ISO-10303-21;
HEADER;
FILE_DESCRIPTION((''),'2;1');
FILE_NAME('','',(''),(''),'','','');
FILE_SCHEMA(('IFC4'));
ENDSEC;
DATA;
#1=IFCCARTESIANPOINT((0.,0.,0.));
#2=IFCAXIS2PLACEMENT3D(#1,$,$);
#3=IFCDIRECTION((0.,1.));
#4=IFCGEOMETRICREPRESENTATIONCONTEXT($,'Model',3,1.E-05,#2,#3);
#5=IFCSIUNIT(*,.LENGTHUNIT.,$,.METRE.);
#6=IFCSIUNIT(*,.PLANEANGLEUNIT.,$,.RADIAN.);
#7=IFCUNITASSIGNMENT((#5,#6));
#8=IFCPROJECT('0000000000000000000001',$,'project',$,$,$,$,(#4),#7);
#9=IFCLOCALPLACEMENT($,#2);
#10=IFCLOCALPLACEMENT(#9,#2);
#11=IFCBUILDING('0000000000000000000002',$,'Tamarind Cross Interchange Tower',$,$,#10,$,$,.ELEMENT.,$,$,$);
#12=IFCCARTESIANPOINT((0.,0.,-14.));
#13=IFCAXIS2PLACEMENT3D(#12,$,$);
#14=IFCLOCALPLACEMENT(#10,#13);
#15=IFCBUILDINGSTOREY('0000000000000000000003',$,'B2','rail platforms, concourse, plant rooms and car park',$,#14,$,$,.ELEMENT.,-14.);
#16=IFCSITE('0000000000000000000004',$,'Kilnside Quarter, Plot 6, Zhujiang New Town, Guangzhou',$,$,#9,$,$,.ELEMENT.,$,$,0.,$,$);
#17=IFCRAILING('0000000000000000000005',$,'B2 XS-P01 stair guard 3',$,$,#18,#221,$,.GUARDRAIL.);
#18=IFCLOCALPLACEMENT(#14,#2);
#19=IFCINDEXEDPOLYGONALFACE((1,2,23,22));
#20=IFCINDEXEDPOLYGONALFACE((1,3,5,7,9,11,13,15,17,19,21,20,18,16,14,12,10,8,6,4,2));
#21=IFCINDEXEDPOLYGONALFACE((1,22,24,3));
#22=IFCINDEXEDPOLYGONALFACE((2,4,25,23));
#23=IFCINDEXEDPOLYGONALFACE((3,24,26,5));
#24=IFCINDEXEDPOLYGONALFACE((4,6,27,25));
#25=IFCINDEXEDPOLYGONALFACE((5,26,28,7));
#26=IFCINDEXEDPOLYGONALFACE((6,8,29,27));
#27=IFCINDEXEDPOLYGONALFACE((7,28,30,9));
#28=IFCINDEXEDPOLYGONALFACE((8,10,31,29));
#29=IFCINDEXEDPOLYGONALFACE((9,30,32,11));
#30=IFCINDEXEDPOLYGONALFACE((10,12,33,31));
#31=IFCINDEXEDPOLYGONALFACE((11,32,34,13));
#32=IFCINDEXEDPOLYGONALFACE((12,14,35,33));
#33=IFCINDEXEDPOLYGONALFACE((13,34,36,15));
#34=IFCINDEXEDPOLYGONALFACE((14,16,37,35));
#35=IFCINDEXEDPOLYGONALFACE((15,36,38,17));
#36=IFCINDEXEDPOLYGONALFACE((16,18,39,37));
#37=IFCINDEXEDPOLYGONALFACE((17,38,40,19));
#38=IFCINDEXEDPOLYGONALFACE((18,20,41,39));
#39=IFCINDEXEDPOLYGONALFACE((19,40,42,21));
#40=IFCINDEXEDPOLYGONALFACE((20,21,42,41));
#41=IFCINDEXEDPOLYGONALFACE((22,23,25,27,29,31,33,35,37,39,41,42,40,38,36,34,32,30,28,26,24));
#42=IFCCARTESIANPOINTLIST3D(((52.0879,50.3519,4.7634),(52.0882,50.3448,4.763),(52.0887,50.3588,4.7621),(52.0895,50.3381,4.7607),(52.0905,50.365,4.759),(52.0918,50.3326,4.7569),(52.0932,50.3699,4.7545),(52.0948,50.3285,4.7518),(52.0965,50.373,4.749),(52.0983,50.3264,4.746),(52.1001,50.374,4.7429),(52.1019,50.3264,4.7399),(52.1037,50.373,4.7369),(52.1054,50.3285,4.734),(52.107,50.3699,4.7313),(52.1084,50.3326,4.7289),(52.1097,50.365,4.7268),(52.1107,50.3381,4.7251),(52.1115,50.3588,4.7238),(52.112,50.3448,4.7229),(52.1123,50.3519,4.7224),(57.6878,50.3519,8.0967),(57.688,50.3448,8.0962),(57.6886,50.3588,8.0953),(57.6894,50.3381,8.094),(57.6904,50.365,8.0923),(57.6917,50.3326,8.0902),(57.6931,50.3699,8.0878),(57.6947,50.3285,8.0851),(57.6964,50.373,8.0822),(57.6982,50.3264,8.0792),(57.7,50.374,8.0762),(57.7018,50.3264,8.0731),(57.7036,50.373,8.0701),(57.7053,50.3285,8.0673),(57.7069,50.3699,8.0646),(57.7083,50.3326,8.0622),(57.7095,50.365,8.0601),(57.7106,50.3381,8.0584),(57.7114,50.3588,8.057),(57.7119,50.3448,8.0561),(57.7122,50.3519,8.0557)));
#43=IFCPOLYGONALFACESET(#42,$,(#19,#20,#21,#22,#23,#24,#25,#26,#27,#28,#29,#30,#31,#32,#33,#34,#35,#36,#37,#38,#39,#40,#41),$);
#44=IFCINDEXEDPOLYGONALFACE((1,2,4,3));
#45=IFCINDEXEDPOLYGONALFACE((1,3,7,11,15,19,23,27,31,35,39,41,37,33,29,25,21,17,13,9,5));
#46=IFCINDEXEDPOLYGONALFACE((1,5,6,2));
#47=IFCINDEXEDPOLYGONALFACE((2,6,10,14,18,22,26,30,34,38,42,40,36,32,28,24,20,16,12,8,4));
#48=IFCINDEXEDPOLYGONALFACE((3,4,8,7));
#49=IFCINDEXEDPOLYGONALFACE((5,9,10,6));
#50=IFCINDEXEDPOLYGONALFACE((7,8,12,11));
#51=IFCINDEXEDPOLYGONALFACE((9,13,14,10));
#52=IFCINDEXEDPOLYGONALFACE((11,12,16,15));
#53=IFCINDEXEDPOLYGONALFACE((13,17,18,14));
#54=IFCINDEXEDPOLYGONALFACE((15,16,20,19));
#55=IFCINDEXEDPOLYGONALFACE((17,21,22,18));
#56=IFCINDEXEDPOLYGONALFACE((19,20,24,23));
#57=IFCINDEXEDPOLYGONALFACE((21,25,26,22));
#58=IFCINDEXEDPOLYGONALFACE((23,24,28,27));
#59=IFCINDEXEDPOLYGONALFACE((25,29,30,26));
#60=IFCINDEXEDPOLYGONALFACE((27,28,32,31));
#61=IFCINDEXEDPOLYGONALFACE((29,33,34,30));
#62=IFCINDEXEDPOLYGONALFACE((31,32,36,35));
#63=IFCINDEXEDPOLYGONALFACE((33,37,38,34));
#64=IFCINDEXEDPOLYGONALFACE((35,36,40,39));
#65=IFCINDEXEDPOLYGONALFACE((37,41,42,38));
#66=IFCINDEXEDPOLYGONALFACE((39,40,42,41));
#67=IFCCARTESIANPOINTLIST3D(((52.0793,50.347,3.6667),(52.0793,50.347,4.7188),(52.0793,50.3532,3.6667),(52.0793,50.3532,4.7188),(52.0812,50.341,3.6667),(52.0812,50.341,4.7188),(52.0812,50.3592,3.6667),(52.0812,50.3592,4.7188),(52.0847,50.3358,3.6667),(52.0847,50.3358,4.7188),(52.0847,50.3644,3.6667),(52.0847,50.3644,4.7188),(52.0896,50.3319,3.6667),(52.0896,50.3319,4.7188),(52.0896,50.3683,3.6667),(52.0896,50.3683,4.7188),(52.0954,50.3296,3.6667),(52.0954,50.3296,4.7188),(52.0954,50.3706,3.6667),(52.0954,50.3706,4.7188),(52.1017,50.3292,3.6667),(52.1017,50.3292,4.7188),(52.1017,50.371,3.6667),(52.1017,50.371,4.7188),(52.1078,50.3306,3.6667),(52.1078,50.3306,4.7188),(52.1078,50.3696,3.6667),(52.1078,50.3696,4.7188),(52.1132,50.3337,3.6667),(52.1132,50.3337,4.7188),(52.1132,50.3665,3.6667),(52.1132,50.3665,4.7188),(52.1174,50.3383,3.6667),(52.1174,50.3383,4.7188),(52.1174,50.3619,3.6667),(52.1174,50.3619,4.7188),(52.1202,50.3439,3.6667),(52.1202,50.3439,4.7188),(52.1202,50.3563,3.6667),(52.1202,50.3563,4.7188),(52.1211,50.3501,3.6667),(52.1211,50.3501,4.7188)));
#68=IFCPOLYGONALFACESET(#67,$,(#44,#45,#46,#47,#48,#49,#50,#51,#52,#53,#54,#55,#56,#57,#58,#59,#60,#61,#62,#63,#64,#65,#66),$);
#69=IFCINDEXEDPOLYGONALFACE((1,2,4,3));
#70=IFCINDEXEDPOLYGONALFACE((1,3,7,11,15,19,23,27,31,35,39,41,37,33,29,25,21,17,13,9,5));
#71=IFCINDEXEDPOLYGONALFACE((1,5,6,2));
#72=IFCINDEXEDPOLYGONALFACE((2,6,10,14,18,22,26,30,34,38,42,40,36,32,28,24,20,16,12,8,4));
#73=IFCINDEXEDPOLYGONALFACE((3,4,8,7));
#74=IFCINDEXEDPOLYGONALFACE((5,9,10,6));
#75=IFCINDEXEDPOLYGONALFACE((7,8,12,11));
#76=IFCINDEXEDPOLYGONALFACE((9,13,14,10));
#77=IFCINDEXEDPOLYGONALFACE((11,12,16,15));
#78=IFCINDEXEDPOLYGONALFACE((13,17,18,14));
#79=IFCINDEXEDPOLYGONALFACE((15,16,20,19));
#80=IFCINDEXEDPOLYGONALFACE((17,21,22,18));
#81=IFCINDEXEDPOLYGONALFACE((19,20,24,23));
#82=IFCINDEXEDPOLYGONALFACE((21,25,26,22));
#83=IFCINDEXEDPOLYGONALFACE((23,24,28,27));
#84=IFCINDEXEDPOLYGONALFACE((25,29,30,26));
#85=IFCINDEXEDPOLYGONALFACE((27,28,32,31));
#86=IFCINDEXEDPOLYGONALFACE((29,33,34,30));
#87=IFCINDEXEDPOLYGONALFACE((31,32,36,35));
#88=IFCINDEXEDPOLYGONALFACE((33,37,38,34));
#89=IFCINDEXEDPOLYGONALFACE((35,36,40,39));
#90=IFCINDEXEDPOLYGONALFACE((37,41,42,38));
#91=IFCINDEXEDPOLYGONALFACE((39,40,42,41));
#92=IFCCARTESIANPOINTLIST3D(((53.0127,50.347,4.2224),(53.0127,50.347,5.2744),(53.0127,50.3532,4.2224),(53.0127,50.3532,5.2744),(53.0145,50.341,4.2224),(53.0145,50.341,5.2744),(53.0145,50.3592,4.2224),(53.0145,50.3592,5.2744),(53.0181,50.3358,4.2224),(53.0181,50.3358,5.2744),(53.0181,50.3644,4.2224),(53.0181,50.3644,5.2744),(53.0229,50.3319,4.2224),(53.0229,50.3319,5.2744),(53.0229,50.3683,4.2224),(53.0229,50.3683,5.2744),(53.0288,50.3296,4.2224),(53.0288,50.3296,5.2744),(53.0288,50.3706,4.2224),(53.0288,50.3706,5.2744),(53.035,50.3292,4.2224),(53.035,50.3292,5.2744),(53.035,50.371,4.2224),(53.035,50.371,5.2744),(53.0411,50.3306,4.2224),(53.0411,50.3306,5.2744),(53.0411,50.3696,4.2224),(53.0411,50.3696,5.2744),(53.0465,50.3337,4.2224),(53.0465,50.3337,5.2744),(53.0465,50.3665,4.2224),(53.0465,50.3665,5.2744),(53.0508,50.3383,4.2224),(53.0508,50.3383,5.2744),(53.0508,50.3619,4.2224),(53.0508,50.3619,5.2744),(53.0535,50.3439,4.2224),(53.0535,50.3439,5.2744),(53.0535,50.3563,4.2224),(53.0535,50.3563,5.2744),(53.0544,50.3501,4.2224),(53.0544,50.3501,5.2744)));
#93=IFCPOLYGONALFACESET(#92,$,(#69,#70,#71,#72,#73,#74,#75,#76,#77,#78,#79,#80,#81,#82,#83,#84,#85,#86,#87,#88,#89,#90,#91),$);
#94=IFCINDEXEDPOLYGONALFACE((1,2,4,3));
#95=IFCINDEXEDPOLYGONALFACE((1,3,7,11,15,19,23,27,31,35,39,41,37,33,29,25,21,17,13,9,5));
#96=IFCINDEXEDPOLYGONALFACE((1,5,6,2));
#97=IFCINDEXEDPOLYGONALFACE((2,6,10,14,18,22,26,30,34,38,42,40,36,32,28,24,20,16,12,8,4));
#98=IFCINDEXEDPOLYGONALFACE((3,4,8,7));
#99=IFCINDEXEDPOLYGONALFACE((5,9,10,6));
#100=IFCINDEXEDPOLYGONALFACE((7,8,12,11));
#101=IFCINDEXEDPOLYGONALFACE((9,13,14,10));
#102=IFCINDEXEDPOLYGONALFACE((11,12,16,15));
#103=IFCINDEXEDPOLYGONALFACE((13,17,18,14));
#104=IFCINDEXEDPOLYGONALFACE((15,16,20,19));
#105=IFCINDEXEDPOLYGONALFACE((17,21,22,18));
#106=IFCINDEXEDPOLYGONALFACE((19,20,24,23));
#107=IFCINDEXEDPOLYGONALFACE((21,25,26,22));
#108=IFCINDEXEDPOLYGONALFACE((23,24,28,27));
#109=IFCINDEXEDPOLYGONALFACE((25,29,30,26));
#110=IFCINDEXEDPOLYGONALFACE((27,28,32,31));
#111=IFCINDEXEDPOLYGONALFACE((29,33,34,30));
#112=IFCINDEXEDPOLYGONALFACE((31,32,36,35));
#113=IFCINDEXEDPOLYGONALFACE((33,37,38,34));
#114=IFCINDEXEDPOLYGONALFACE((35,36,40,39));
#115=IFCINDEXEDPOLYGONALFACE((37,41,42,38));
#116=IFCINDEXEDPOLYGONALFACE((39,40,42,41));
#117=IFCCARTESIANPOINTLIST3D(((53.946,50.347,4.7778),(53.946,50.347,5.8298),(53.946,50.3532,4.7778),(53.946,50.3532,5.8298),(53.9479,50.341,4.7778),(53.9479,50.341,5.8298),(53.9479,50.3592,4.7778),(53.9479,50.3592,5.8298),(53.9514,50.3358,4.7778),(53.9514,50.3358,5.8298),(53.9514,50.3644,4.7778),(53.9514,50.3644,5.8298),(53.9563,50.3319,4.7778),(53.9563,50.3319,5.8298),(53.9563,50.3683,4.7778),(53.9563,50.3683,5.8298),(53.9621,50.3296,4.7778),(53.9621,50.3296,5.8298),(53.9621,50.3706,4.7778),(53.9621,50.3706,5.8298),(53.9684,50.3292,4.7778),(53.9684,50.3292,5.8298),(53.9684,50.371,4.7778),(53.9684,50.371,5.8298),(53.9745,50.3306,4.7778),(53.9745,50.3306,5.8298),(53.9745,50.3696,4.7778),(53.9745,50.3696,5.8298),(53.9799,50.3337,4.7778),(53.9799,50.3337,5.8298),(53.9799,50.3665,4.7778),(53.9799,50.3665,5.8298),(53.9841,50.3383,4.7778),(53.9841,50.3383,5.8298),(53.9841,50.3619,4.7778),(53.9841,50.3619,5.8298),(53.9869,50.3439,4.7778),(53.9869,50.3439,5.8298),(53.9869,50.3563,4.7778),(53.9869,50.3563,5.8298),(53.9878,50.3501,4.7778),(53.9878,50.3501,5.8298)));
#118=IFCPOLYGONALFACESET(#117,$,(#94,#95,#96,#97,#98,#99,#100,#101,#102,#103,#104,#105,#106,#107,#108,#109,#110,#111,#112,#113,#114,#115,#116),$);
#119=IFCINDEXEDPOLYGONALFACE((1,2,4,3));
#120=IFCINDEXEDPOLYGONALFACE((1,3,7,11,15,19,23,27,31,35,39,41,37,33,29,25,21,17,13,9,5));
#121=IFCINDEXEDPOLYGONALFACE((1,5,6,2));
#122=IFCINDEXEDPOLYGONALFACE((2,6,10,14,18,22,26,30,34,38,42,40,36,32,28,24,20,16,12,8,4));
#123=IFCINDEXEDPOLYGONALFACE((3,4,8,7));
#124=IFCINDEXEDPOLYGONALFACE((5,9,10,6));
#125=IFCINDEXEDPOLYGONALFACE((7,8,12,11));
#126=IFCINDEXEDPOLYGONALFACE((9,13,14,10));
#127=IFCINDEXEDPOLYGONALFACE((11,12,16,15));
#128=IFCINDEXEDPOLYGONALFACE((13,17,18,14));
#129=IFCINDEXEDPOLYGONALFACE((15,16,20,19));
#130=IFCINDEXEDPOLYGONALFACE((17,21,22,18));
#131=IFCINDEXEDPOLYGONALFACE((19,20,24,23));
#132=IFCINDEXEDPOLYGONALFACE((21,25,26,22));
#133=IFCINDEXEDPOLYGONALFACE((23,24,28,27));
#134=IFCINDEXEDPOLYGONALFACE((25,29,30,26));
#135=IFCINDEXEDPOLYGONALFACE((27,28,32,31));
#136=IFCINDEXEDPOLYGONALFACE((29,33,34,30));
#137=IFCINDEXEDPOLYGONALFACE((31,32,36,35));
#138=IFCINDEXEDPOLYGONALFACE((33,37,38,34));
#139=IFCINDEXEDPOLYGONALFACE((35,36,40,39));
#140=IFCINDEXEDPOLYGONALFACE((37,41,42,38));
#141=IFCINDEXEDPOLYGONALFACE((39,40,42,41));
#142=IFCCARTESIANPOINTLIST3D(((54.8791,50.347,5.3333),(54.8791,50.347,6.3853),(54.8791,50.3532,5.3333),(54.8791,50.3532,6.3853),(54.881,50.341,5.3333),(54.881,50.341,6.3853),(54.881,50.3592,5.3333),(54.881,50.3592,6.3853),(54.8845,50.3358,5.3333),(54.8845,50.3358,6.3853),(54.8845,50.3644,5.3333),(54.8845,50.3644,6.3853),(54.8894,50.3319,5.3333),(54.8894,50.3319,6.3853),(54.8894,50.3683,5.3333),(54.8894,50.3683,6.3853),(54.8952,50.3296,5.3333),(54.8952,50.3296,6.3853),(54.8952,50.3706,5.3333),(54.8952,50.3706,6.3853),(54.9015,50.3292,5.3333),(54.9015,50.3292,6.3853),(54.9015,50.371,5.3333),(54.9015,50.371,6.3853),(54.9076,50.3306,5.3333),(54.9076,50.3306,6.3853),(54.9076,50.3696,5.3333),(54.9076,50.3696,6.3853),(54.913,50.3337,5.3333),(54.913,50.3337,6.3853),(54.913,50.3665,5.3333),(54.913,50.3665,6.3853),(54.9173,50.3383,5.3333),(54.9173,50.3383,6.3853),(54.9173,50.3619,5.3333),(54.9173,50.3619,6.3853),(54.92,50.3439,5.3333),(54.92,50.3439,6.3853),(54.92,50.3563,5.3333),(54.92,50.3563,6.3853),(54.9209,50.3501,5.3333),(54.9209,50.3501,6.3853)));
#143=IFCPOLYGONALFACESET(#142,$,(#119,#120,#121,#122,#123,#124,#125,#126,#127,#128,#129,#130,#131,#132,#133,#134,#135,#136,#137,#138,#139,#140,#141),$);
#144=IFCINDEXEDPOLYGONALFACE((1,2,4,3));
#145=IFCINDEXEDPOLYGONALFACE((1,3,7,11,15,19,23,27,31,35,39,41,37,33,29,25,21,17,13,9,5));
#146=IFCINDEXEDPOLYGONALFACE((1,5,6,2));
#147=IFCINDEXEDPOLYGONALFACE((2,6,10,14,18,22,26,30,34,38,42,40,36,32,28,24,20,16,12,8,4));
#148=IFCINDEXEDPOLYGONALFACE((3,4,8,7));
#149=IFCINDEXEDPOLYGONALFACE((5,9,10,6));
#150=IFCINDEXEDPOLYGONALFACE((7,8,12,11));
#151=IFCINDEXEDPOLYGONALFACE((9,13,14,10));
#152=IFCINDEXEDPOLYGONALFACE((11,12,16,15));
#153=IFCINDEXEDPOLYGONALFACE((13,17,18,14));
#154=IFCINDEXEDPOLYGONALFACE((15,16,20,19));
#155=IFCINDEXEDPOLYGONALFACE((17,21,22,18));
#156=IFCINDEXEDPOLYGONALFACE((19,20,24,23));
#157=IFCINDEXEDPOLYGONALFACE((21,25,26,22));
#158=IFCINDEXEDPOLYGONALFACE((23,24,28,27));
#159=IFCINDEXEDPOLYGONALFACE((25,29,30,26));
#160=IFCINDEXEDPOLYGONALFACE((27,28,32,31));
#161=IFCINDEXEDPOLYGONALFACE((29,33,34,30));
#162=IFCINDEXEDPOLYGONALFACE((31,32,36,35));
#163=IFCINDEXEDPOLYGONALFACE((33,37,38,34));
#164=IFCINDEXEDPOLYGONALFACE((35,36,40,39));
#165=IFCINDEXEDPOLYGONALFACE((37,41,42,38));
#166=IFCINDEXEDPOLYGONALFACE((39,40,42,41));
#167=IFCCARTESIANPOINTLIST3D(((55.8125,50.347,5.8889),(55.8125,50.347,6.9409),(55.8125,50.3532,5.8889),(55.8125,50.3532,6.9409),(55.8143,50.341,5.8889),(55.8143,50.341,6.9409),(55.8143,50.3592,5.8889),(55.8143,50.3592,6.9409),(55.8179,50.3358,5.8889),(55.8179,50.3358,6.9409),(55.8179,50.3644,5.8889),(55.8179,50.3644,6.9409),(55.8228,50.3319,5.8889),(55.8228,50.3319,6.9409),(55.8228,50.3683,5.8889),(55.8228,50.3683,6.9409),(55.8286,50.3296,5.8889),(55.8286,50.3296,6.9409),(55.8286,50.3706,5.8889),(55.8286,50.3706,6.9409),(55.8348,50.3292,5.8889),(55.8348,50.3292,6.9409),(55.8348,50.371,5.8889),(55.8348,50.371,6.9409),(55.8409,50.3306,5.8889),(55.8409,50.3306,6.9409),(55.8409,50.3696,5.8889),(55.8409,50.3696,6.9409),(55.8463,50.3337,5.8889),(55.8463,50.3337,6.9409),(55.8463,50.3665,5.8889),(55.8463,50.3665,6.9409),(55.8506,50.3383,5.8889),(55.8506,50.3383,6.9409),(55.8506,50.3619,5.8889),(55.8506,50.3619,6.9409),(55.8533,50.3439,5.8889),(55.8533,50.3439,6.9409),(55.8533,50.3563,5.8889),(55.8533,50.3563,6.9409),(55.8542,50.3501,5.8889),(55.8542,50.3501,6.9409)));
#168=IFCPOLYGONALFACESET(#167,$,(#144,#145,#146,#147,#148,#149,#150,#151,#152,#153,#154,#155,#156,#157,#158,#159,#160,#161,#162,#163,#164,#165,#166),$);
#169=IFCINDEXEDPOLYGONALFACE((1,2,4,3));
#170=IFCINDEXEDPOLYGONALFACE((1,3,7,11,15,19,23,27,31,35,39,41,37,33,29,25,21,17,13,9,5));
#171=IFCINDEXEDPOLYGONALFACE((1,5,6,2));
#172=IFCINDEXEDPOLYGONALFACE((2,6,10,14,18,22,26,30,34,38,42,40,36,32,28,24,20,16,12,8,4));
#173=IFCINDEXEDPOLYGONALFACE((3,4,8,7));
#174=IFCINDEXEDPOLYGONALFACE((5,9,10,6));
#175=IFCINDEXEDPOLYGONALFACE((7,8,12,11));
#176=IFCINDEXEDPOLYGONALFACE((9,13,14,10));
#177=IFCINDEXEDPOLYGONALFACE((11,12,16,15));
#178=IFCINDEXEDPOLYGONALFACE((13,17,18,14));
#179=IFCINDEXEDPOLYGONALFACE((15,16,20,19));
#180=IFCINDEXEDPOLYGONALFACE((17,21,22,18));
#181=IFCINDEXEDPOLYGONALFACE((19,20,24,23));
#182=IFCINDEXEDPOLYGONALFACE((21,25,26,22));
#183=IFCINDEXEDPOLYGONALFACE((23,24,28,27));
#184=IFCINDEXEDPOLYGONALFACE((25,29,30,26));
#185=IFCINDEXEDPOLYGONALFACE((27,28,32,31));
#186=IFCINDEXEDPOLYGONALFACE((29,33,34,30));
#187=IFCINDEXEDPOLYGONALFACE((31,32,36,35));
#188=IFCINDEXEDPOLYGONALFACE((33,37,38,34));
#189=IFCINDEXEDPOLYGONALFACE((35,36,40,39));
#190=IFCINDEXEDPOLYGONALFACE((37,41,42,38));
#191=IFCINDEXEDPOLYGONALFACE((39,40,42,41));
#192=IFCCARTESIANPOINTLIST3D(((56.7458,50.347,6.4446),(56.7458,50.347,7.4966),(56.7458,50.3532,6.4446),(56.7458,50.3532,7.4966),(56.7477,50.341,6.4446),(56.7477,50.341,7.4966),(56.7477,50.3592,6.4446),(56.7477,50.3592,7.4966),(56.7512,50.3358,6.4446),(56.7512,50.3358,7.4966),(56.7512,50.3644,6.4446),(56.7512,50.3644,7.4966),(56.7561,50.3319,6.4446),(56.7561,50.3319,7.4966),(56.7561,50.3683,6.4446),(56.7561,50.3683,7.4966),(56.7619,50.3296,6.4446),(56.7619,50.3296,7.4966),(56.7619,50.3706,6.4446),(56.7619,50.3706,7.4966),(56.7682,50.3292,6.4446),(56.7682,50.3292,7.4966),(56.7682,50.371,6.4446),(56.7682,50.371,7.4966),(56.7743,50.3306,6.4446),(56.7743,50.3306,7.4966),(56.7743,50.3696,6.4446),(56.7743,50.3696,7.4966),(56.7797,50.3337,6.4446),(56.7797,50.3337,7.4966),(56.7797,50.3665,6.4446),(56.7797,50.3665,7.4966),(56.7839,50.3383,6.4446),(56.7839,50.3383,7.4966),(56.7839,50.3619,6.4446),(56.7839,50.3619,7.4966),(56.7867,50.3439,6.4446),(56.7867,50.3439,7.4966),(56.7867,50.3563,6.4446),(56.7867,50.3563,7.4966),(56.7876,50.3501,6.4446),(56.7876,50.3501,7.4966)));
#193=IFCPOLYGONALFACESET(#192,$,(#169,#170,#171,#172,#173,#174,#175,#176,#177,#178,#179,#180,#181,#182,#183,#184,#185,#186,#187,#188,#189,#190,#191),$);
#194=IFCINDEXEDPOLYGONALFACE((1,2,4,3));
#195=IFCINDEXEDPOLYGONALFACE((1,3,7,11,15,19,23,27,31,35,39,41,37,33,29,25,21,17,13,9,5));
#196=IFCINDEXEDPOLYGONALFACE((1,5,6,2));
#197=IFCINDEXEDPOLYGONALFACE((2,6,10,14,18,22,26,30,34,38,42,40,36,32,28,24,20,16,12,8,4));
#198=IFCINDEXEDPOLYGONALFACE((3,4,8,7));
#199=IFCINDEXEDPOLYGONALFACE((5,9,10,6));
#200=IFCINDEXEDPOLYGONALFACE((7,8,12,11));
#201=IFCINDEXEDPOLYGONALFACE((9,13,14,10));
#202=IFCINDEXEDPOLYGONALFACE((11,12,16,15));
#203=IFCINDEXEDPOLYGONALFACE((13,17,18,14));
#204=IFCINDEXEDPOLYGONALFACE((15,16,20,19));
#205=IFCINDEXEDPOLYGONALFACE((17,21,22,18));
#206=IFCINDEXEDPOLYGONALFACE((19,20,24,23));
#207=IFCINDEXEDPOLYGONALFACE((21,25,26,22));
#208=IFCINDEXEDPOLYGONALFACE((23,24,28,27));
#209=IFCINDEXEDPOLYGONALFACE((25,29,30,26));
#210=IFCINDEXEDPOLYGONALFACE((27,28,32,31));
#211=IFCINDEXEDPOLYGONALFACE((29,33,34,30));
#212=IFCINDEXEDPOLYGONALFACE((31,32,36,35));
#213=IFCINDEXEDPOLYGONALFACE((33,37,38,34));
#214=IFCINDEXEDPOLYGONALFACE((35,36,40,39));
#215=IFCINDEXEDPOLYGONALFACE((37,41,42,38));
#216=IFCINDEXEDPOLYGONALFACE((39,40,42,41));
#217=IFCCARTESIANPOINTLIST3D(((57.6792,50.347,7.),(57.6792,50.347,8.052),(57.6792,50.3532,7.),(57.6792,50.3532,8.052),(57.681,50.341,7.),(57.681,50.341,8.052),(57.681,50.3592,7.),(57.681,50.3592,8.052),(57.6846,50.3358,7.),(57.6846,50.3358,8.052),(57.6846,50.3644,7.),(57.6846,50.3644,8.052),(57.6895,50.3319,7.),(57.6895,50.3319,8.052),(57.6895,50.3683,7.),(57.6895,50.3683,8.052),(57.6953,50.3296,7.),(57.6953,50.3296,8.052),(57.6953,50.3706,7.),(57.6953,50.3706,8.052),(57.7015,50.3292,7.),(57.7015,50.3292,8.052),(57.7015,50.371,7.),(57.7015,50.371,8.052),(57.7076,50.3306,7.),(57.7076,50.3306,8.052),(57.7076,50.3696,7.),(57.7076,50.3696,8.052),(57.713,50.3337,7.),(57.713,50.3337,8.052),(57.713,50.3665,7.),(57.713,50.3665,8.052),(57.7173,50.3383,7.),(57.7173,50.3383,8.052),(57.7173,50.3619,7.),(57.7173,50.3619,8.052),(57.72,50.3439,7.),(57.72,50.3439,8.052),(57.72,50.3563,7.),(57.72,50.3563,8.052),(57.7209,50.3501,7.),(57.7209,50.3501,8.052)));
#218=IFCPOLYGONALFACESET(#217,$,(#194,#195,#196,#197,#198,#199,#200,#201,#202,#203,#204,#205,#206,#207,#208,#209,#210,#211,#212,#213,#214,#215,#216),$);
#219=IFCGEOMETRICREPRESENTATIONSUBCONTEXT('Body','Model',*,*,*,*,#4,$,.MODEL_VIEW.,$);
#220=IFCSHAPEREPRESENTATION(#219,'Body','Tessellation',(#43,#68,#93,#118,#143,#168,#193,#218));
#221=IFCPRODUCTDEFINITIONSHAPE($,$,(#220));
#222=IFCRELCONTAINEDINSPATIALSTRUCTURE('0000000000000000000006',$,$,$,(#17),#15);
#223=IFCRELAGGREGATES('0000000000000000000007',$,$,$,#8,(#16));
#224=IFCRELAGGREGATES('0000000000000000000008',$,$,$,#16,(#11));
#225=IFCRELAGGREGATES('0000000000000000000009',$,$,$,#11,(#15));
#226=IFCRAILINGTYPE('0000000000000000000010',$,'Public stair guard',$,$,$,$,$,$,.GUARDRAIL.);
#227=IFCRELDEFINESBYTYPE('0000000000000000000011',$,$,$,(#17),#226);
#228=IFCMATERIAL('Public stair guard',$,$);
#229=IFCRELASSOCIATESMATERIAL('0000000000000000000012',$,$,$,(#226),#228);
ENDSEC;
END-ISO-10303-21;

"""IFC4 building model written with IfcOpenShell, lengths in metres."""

from ifc_helpers import new_model, si_unit, direction, frame, origin, origin_2d, place, context, subcontext, project, spatial, circle, extrude, material, type_object, element, save


model = new_model("IFC4")

# Units and contexts
model_context = context("Model", 3, precision=1e-05, world=origin(), true_north=direction((0.0, 1.0)))
body_context = subcontext(model_context, "Body", "Model", "MODEL_VIEW")
ifc_project = project(units=[si_unit("LENGTHUNIT", "METRE"), si_unit("PLANEANGLEUNIT", "RADIAN")], contexts=[model_context])

# Site, building, storey
site_placement = place(None, origin())
site = spatial("IfcSite", under=ifc_project, at=site_placement, Name="Kilnside Quarter, Plot 6, Zhujiang New Town, Guangzhou", CompositionType="ELEMENT", RefElevation=0.0)
building_placement = place(site_placement, origin())
building = spatial("IfcBuilding", under=site, at=building_placement, Name="Tamarind Cross Interchange Tower", CompositionType="ELEMENT")
storey_placement = place(building_placement, frame((0.0, 0.0, -14.0)))
storey = spatial("IfcBuildingStorey", under=building, at=storey_placement, Name="B2", Description="rail platforms, concourse, plant rooms and car park", CompositionType="ELEMENT", Elevation=-14.0)

# Railing
ifc_material_1 = material(Name="Public stair guard")
railing_type_1 = type_object("IfcRailingType", Name="Public stair guard", PredefinedType="GUARDRAIL", material=ifc_material_1)
railing_1_placement = place(storey_placement, frame((52.1001, 50.3501, 3.6667)))
element("IfcRailing", 1, at=railing_1_placement, inside=storey, type_object=railing_type_1, Name="B2 XS-P01 stair guard 3", PredefinedType="GUARDRAIL", context=body_context, shape_type="SweptSolid", body=[
    extrude(circle(Radius=0.0239, at=origin_2d()), frame((0.0, 0.0, 1.0762), z_axis=(0.859292, 0.0, 0.511485), x_axis=(0.0, 1.0, 0.0)), (0.0, 0.0, 1.0), 6.5168),
    extrude(circle(Radius=0.021, at=origin_2d()), origin(), (0.0, 0.0, 1.0), 1.052),
    extrude(circle(Radius=0.021, at=origin_2d()), frame((0.9333, 0.0, 0.5557)), (0.0, 0.0, 1.0), 1.052),
    extrude(circle(Radius=0.021, at=origin_2d()), frame((1.8667, 0.0, 1.1111)), (0.0, 0.0, 1.0), 1.052),
    extrude(circle(Radius=0.021, at=origin_2d()), frame((2.7998, 0.0, 1.6665)), (0.0, 0.0, 1.0), 1.052),
    extrude(circle(Radius=0.021, at=origin_2d()), frame((3.7332, 0.0, 2.2222)), (0.0, 0.0, 1.0), 1.052),
    extrude(circle(Radius=0.021, at=origin_2d()), frame((4.6665, 0.0, 2.7778)), (0.0, 0.0, 1.0), 1.052),
    extrude(circle(Radius=0.021, at=origin_2d()), frame((5.5999, 0.0, 3.3333)), (0.0, 0.0, 1.0), 1.052),
])

save(model, "model.ifc")
